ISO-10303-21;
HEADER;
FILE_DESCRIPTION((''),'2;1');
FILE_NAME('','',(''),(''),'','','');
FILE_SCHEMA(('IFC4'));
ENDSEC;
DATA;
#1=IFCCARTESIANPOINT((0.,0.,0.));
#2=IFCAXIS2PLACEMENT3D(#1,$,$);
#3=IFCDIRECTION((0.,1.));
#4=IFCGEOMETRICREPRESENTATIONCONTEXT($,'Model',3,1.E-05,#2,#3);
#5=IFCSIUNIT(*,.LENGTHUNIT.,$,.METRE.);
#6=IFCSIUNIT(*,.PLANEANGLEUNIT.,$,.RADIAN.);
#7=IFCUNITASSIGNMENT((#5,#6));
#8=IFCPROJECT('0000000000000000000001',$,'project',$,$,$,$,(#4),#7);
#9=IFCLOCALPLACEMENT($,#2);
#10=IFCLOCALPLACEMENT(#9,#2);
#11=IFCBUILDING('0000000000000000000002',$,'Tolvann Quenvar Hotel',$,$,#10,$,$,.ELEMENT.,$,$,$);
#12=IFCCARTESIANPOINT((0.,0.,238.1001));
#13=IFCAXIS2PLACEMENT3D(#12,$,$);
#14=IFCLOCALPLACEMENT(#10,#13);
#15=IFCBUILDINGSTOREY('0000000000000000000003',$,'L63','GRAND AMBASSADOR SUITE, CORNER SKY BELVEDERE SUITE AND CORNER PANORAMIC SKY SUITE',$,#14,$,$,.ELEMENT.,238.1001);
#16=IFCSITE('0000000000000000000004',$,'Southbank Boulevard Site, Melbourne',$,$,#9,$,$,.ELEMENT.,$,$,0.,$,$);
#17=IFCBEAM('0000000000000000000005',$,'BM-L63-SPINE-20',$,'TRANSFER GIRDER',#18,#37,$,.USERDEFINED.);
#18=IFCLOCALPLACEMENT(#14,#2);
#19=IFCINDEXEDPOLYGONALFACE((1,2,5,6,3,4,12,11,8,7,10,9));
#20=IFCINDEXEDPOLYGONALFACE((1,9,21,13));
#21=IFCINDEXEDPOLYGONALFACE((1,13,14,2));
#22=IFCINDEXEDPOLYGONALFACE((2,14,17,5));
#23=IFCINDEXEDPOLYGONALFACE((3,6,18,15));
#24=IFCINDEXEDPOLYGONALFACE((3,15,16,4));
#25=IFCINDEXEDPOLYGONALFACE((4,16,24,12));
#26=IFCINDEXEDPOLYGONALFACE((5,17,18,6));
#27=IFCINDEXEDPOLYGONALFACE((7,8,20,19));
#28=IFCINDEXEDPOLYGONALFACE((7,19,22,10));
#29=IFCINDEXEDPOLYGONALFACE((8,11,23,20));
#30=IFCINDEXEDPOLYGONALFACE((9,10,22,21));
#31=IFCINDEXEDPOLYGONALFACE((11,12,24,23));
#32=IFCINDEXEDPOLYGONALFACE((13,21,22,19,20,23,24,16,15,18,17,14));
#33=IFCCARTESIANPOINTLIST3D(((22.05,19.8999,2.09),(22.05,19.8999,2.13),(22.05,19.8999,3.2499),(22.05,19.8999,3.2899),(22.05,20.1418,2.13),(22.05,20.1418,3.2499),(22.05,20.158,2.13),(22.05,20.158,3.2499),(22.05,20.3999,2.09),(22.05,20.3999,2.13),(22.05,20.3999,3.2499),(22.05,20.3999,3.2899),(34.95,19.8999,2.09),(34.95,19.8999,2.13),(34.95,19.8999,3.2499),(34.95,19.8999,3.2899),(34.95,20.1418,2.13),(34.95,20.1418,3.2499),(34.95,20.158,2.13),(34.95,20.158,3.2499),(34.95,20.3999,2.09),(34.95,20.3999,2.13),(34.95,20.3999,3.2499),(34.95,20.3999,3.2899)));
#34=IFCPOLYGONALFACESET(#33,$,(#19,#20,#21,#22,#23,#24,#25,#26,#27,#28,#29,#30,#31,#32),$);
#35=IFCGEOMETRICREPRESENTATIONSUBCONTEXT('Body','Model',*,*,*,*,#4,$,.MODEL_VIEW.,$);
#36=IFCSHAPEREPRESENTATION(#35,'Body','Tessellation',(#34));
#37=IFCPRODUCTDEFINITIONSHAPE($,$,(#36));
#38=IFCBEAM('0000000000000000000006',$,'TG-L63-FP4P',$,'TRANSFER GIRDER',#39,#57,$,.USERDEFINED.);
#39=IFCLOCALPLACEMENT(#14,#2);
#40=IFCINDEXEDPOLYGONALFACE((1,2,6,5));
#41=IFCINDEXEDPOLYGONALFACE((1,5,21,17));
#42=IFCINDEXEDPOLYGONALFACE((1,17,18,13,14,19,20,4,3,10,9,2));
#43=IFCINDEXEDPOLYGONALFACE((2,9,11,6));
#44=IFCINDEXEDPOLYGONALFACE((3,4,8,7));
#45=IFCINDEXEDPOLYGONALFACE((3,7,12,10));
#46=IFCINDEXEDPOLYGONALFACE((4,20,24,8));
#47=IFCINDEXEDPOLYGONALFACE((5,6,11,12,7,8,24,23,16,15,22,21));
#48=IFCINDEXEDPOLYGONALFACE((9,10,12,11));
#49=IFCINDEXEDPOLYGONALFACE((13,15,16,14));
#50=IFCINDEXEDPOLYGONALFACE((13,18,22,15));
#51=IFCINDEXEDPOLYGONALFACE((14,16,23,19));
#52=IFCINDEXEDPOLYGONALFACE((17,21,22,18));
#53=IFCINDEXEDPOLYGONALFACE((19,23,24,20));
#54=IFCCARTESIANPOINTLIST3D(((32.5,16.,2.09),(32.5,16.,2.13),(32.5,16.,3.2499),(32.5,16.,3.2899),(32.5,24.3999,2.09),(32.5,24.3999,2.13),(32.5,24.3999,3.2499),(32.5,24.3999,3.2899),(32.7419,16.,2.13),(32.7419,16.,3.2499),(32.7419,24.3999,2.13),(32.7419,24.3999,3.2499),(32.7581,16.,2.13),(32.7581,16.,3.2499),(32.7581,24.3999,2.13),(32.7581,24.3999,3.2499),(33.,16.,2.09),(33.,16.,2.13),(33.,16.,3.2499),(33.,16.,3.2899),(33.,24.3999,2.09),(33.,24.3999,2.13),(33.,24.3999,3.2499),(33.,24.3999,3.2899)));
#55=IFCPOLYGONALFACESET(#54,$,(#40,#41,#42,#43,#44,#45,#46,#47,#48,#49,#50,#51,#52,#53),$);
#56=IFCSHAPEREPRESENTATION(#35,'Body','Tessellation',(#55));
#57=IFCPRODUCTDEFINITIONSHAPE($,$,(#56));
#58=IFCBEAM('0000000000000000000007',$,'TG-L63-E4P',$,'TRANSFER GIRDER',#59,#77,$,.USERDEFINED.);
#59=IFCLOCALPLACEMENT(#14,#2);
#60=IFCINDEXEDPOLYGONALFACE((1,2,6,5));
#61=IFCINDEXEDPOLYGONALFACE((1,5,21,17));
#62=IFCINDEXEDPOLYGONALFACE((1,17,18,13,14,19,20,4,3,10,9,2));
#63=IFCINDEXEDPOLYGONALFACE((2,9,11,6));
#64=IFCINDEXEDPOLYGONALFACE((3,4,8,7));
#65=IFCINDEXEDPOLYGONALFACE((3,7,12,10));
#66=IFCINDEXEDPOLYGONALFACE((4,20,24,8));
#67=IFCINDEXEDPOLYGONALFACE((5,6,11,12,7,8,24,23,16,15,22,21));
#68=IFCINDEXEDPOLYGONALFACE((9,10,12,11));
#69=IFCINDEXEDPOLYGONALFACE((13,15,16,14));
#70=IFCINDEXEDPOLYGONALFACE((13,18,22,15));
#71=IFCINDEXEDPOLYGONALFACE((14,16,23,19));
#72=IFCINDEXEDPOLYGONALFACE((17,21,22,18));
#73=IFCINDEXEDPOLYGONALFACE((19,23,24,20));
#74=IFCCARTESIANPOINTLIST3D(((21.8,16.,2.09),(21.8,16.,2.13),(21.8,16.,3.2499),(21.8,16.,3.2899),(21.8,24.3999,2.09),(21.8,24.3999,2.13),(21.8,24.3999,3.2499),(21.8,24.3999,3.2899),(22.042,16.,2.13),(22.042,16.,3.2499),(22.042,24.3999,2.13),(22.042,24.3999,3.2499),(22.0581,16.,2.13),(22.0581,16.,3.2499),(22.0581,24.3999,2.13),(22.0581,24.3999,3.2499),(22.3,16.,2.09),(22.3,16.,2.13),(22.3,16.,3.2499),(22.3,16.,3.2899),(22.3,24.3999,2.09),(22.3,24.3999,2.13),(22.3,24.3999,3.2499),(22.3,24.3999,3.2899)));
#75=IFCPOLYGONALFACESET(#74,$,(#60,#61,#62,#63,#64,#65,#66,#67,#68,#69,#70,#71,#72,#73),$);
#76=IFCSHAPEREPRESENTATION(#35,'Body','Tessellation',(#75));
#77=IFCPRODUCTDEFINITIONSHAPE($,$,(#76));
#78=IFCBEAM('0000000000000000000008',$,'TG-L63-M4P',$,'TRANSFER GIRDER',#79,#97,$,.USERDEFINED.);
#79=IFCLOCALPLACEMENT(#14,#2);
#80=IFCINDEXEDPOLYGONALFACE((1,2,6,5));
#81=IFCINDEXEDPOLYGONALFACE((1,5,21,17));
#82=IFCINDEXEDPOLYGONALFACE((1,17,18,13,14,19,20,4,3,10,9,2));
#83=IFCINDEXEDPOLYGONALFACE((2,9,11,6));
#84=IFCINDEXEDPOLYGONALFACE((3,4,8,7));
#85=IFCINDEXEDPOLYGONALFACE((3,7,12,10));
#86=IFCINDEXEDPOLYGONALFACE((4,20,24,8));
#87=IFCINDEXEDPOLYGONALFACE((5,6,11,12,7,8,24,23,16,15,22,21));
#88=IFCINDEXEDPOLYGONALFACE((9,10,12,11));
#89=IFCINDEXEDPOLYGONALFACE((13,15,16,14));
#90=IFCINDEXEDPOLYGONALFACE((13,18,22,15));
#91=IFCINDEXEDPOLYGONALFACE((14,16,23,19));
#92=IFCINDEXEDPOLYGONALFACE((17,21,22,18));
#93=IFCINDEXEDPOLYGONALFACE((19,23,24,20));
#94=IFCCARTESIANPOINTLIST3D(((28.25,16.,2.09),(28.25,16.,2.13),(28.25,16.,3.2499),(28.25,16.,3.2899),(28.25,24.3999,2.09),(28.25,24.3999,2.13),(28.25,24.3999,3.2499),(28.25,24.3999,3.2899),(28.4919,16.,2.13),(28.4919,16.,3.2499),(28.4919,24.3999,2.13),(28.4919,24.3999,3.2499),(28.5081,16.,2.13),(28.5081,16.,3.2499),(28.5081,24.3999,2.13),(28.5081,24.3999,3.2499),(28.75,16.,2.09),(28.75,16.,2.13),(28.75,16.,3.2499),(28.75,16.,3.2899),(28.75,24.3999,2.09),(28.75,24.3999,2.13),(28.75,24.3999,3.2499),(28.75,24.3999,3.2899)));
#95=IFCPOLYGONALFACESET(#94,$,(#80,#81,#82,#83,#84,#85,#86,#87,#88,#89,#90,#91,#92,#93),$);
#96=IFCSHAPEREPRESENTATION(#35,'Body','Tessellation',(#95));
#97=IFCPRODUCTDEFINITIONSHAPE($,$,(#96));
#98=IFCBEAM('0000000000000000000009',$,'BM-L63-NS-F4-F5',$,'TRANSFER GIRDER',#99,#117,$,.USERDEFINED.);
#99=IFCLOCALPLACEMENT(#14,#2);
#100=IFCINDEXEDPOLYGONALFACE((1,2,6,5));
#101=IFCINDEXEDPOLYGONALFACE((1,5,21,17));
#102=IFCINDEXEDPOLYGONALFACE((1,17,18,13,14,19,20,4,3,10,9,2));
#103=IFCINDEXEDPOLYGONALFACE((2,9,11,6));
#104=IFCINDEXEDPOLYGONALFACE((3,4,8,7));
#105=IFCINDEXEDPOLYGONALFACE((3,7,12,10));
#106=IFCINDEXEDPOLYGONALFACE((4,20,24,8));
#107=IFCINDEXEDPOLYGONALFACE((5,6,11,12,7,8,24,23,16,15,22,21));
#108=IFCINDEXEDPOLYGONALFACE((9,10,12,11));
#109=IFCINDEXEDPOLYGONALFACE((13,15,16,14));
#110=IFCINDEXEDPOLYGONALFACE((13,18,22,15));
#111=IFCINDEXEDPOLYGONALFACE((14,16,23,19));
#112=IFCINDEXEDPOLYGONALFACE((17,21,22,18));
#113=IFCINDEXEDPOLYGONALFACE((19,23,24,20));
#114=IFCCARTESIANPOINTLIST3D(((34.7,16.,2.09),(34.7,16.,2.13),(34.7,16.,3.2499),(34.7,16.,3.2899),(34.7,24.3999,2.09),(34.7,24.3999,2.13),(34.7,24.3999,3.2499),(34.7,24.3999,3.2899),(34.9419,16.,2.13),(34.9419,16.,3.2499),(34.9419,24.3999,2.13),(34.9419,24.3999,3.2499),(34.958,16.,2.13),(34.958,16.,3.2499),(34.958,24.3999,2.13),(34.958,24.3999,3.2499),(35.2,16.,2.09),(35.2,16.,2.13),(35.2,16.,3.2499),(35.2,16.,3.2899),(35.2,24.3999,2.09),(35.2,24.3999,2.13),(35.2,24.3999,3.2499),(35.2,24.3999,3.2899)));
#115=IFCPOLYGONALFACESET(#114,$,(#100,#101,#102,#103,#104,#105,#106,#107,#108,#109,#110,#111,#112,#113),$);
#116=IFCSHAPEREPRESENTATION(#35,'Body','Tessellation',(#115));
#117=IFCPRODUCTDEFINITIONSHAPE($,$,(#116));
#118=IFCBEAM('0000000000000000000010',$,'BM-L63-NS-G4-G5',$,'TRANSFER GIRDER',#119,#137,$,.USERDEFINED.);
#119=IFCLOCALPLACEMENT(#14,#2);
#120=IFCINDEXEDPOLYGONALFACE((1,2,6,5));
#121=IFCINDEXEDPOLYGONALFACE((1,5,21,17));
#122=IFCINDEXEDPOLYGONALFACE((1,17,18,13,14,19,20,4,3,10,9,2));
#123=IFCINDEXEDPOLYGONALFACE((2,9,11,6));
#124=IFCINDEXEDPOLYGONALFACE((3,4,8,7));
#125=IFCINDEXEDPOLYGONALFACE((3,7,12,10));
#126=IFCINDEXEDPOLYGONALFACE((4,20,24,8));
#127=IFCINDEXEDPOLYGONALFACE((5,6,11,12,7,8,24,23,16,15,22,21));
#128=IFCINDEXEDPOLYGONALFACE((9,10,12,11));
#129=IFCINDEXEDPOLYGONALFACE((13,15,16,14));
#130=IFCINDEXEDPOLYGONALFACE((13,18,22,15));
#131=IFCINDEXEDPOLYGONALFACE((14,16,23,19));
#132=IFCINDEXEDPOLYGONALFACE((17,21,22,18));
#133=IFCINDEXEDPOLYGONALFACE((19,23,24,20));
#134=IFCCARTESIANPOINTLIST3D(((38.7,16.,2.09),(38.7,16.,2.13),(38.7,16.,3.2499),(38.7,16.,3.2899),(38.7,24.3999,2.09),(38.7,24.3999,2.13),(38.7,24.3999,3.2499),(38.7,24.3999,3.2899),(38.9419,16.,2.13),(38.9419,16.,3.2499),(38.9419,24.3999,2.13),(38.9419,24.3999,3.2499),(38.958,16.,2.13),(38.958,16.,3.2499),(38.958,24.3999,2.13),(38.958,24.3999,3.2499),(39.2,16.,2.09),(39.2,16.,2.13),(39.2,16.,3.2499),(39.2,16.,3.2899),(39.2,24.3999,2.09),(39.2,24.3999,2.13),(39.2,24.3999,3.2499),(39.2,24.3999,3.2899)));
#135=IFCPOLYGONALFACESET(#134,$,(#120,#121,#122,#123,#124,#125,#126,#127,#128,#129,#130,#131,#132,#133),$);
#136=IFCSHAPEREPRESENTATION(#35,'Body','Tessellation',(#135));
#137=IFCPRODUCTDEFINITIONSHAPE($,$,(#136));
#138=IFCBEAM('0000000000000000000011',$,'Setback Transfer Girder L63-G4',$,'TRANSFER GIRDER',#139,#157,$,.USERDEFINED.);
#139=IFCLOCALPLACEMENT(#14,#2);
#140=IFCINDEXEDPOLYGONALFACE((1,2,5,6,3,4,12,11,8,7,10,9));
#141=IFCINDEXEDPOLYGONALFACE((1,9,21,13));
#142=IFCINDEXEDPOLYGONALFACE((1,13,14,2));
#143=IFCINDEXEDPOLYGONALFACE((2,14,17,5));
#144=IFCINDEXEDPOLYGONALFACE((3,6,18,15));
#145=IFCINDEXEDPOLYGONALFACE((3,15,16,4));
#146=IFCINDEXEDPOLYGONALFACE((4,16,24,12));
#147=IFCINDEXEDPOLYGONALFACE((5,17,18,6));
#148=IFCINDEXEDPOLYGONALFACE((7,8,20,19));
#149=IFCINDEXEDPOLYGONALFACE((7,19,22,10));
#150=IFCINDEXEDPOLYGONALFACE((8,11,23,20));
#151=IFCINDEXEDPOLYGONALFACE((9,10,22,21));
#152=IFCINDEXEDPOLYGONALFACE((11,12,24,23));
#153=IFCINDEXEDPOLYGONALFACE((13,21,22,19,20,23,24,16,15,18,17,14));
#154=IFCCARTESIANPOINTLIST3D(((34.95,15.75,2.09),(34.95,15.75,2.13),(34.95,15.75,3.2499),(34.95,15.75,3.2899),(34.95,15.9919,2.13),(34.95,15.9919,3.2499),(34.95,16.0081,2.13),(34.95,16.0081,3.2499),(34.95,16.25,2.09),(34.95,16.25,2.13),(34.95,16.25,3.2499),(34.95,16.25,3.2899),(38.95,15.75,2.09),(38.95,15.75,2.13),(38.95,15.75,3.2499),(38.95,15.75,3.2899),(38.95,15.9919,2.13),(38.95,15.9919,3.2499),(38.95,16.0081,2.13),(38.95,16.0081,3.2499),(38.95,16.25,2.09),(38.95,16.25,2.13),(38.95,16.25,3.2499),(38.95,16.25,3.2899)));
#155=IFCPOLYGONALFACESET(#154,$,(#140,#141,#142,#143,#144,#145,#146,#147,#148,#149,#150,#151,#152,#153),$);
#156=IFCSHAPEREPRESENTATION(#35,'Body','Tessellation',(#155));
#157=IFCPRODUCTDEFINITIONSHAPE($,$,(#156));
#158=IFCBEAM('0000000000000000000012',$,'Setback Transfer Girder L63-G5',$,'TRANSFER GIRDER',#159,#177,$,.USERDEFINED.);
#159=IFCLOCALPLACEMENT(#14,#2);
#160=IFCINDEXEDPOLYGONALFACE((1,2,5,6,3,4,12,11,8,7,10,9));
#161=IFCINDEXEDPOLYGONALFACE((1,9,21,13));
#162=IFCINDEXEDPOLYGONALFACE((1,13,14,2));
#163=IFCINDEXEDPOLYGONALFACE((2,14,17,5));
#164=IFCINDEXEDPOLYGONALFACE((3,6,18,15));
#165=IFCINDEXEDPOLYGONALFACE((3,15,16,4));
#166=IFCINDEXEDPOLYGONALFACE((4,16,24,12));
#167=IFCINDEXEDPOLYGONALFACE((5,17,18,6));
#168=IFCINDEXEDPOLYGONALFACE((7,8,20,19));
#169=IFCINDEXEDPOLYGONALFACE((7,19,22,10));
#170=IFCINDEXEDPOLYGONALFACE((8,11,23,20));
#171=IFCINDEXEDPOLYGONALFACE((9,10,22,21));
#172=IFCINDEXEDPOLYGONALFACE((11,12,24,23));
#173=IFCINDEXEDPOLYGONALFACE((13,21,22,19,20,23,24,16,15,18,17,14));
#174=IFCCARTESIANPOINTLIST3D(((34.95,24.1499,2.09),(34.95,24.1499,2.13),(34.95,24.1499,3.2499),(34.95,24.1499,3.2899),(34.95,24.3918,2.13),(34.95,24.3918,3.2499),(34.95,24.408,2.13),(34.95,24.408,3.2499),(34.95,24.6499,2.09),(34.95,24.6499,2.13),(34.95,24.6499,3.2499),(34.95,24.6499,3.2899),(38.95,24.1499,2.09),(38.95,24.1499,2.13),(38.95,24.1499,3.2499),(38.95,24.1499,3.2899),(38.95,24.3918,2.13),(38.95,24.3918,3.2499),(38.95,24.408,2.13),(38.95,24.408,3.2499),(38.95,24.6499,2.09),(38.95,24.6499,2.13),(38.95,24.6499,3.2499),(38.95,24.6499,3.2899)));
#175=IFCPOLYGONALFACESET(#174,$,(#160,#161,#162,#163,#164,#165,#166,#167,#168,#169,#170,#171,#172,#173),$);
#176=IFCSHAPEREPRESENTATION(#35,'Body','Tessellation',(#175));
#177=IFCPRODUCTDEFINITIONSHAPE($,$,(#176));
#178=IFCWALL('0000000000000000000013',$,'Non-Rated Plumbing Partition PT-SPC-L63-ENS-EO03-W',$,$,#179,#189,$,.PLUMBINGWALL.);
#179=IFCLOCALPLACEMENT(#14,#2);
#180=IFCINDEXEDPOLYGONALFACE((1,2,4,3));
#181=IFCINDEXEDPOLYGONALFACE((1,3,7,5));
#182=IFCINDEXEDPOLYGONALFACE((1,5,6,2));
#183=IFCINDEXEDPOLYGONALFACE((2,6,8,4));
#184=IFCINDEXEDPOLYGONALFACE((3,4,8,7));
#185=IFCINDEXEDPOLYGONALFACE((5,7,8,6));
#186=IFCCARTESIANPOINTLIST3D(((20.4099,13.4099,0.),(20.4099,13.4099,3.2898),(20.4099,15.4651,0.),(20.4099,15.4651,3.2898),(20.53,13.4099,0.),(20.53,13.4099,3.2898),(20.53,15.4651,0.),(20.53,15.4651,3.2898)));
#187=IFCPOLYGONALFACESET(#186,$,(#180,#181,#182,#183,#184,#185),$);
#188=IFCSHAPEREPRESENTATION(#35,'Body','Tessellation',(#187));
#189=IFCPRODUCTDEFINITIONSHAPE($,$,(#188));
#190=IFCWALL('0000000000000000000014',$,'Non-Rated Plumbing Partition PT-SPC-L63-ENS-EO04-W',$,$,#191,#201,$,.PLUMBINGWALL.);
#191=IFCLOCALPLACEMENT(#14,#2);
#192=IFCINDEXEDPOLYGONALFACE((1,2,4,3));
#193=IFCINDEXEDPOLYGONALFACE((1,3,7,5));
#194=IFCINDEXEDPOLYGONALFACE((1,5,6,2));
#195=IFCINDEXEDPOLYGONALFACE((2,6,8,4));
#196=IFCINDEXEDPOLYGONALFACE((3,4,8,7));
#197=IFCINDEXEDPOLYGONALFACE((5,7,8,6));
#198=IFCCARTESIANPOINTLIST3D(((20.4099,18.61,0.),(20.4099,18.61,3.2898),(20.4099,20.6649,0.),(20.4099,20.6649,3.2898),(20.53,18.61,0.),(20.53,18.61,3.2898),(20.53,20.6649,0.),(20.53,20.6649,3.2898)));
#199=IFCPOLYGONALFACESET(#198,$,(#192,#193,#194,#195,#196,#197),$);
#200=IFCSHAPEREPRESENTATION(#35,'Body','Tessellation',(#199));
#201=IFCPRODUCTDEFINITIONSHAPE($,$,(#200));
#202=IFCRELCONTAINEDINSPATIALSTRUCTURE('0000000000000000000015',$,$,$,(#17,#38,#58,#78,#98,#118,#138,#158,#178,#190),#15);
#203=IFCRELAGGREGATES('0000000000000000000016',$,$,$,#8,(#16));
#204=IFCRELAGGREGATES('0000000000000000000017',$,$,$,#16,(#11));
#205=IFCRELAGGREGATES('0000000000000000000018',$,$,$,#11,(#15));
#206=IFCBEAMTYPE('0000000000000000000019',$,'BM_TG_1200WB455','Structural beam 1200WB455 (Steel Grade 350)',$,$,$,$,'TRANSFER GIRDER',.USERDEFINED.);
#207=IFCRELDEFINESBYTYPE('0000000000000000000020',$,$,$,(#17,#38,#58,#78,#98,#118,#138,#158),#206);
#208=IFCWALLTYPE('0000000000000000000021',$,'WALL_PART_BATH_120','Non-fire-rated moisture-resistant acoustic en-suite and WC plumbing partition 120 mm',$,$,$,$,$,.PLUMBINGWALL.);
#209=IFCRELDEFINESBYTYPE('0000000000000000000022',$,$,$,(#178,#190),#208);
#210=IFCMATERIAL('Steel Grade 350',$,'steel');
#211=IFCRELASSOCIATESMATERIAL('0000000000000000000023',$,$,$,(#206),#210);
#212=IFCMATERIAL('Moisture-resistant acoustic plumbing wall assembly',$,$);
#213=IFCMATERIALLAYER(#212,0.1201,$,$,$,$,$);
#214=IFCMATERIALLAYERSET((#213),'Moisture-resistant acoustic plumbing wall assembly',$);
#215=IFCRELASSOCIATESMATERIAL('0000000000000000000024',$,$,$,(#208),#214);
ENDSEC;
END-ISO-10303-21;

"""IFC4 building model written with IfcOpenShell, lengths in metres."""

from ifc_helpers import new_model, si_unit, direction, frame, frame_2d, origin, origin_2d, place, context, subcontext, project, spatial, rectangle, i_section, extrude, source, transform, mapped, material, layer, layer_set, material_profile, profile_set, type_object, element, save


model = new_model("IFC4")

# Units and contexts
model_context = context("Model", 3, precision=1e-05, world=origin(), true_north=direction((0.0, 1.0)))
body_context = subcontext(model_context, "Body", "Model", "MODEL_VIEW")
ifc_project = project(units=[si_unit("LENGTHUNIT", "METRE"), si_unit("PLANEANGLEUNIT", "RADIAN")], contexts=[model_context])

# Site, building, storey
site_placement = place(None, origin())
site = spatial("IfcSite", under=ifc_project, at=site_placement, Name="Southbank Boulevard Site, Melbourne", CompositionType="ELEMENT", RefElevation=0.0)
building_placement = place(site_placement, origin())
building = spatial("IfcBuilding", under=site, at=building_placement, Name="Tolvann Quenvar Hotel", CompositionType="ELEMENT")
storey_placement = place(building_placement, frame((0.0, 0.0, 238.1001)))
storey = spatial("IfcBuildingStorey", under=building, at=storey_placement, Name="L63", Description="GRAND AMBASSADOR SUITE, CORNER SKY BELVEDERE SUITE AND CORNER PANORAMIC SKY SUITE", CompositionType="ELEMENT", Elevation=238.1001)

# Shared definitions
ifc_material_1 = material(Name="Steel Grade 350", Category="steel")

# Beams
ifc_material_profile_1 = material_profile(ifc_material_1, i_section(OverallWidth=0.5, OverallDepth=1.2, WebThickness=0.0161, FlangeThickness=0.04, at=origin_2d()), Name="1200WB455")
ifc_profile_set_1 = profile_set([ifc_material_profile_1], Name="Steel Grade 350")
beam_type = type_object("IfcBeamType", Name="BM_TG_1200WB455", Description="Structural beam 1200WB455 (Steel Grade 350)", ElementType="TRANSFER GIRDER", PredefinedType="USERDEFINED", material=ifc_profile_set_1)
shared_shape_1 = source(origin(), body_context, "Body", "SweptSolid", [
    extrude(i_section(OverallWidth=0.5, OverallDepth=1.2, WebThickness=0.0161, FlangeThickness=0.04, at=origin_2d()), origin(), (0.0, 0.0, 1.0), 12.8999),
])
beam_1_placement = place(storey_placement, frame((22.05, 20.1499, 2.6899), z_axis=(1.0, 0.0, 0.0), x_axis=(0.0, 1.0, 0.0)))
element("IfcBeam", 1, at=beam_1_placement, inside=storey, type_object=beam_type, Name="BM-L63-SPINE-20", ObjectType="TRANSFER GIRDER", PredefinedType="USERDEFINED", context=body_context, shape_type="MappedRepresentation", body=[
    mapped(shared_shape_1, transform((0.0, 0.0, 0.0), x_axis=(1.0, 0.0, 0.0), y_axis=(0.0, 1.0, 0.0), z_axis=(0.0, 0.0, 1.0), scale=1.0)),
])
shared_shape_2 = source(origin(), body_context, "Body", "SweptSolid", [
    extrude(i_section(OverallWidth=0.5, OverallDepth=1.2, WebThickness=0.0161, FlangeThickness=0.04, at=origin_2d()), origin(), (0.0, 0.0, 1.0), 8.3999),
])
for number, where, z_axis, x_axis, name in (
    (2, (32.75, 16.0, 2.6899), (0.0, 1.0, 0.0), (-1.0, 0.0, 0.0), "TG-L63-FP4P"),
    (3, (22.05, 16.0, 2.6899), (0.0, 1.0, 0.0), (-1.0, 0.0, 0.0), "TG-L63-E4P"),
    (4, (28.5, 16.0, 2.6899), (0.0, 1.0, 0.0), (-1.0, 0.0, 0.0), "TG-L63-M4P"),
    (5, (34.95, 16.0, 2.6899), (0.0, 1.0, 0.0), (-1.0, 0.0, 0.0), "BM-L63-NS-F4-F5"),
    (6, (38.95, 16.0, 2.6899), (0.0, 1.0, 0.0), (-1.0, 0.0, 0.0), "BM-L63-NS-G4-G5"),
):
    element("IfcBeam", number, at=place(storey_placement, frame(where, z_axis=z_axis, x_axis=x_axis)), inside=storey, type_object=beam_type, Name=name, ObjectType="TRANSFER GIRDER", PredefinedType="USERDEFINED", context=body_context, shape_type="MappedRepresentation", body=[
        mapped(shared_shape_2, transform((0.0, 0.0, 0.0), x_axis=(1.0, 0.0, 0.0), y_axis=(0.0, 1.0, 0.0), z_axis=(0.0, 0.0, 1.0), scale=1.0)),
    ])
shared_shape_3 = source(origin(), body_context, "Body", "SweptSolid", [
    extrude(i_section(OverallWidth=0.5, OverallDepth=1.2, WebThickness=0.0161, FlangeThickness=0.04, at=origin_2d()), origin(), (0.0, 0.0, 1.0), 4.0),
])
for number, where, z_axis, x_axis, name in (
    (7, (34.95, 16.0, 2.6899), (1.0, 0.0, 0.0), (0.0, 1.0, 0.0), "Setback Transfer Girder L63-G4"),
    (8, (34.95, 24.3999, 2.6899), (1.0, 0.0, 0.0), (0.0, 1.0, 0.0), "Setback Transfer Girder L63-G5"),
):
    element("IfcBeam", number, at=place(storey_placement, frame(where, z_axis=z_axis, x_axis=x_axis)), inside=storey, type_object=beam_type, Name=name, ObjectType="TRANSFER GIRDER", PredefinedType="USERDEFINED", context=body_context, shape_type="MappedRepresentation", body=[
        mapped(shared_shape_3, transform((0.0, 0.0, 0.0), x_axis=(1.0, 0.0, 0.0), y_axis=(0.0, 1.0, 0.0), z_axis=(0.0, 0.0, 1.0), scale=1.0)),
    ])

# Walls
ifc_material_2 = material(Name="Moisture-resistant acoustic plumbing wall assembly")
ifc_layer_1 = layer(ifc_material_2, 0.1201)
ifc_layer_set_1 = layer_set([ifc_layer_1], Name="Moisture-resistant acoustic plumbing wall assembly")
wall_type_1 = type_object("IfcWallType", Name="WALL_PART_BATH_120", Description="Non-fire-rated moisture-resistant acoustic en-suite and WC plumbing partition 120 mm", PredefinedType="PLUMBINGWALL", material=ifc_layer_set_1)
wall_1_placement = place(storey_placement, frame((20.47, 13.4099, 0.0), z_axis=(0.0, 0.0, 1.0), x_axis=(0.0, 1.0, 0.0)))
element("IfcWall", 9, at=wall_1_placement, inside=storey, type_object=wall_type_1, Name="Non-Rated Plumbing Partition PT-SPC-L63-ENS-EO03-W", PredefinedType="PLUMBINGWALL", context=body_context, shape_type="SweptSolid", body=[
    extrude(rectangle(XDim=2.0552, YDim=0.1201, at=frame_2d((1.0276, 0.0))), origin(), (0.0, 0.0, 1.0), 3.2898),
])
wall_2_placement = place(storey_placement, frame((20.47, 18.6101, 0.0), z_axis=(0.0, 0.0, 1.0), x_axis=(0.0, 1.0, 0.0)))
element("IfcWall", 10, at=wall_2_placement, inside=storey, type_object=wall_type_1, Name="Non-Rated Plumbing Partition PT-SPC-L63-ENS-EO04-W", PredefinedType="PLUMBINGWALL", context=body_context, shape_type="SweptSolid", body=[
    extrude(rectangle(XDim=2.0549, YDim=0.1201, at=frame_2d((1.0273, 0.0))), origin(), (0.0, 0.0, 1.0), 3.2898),
])

save(model, "model.ifc")
